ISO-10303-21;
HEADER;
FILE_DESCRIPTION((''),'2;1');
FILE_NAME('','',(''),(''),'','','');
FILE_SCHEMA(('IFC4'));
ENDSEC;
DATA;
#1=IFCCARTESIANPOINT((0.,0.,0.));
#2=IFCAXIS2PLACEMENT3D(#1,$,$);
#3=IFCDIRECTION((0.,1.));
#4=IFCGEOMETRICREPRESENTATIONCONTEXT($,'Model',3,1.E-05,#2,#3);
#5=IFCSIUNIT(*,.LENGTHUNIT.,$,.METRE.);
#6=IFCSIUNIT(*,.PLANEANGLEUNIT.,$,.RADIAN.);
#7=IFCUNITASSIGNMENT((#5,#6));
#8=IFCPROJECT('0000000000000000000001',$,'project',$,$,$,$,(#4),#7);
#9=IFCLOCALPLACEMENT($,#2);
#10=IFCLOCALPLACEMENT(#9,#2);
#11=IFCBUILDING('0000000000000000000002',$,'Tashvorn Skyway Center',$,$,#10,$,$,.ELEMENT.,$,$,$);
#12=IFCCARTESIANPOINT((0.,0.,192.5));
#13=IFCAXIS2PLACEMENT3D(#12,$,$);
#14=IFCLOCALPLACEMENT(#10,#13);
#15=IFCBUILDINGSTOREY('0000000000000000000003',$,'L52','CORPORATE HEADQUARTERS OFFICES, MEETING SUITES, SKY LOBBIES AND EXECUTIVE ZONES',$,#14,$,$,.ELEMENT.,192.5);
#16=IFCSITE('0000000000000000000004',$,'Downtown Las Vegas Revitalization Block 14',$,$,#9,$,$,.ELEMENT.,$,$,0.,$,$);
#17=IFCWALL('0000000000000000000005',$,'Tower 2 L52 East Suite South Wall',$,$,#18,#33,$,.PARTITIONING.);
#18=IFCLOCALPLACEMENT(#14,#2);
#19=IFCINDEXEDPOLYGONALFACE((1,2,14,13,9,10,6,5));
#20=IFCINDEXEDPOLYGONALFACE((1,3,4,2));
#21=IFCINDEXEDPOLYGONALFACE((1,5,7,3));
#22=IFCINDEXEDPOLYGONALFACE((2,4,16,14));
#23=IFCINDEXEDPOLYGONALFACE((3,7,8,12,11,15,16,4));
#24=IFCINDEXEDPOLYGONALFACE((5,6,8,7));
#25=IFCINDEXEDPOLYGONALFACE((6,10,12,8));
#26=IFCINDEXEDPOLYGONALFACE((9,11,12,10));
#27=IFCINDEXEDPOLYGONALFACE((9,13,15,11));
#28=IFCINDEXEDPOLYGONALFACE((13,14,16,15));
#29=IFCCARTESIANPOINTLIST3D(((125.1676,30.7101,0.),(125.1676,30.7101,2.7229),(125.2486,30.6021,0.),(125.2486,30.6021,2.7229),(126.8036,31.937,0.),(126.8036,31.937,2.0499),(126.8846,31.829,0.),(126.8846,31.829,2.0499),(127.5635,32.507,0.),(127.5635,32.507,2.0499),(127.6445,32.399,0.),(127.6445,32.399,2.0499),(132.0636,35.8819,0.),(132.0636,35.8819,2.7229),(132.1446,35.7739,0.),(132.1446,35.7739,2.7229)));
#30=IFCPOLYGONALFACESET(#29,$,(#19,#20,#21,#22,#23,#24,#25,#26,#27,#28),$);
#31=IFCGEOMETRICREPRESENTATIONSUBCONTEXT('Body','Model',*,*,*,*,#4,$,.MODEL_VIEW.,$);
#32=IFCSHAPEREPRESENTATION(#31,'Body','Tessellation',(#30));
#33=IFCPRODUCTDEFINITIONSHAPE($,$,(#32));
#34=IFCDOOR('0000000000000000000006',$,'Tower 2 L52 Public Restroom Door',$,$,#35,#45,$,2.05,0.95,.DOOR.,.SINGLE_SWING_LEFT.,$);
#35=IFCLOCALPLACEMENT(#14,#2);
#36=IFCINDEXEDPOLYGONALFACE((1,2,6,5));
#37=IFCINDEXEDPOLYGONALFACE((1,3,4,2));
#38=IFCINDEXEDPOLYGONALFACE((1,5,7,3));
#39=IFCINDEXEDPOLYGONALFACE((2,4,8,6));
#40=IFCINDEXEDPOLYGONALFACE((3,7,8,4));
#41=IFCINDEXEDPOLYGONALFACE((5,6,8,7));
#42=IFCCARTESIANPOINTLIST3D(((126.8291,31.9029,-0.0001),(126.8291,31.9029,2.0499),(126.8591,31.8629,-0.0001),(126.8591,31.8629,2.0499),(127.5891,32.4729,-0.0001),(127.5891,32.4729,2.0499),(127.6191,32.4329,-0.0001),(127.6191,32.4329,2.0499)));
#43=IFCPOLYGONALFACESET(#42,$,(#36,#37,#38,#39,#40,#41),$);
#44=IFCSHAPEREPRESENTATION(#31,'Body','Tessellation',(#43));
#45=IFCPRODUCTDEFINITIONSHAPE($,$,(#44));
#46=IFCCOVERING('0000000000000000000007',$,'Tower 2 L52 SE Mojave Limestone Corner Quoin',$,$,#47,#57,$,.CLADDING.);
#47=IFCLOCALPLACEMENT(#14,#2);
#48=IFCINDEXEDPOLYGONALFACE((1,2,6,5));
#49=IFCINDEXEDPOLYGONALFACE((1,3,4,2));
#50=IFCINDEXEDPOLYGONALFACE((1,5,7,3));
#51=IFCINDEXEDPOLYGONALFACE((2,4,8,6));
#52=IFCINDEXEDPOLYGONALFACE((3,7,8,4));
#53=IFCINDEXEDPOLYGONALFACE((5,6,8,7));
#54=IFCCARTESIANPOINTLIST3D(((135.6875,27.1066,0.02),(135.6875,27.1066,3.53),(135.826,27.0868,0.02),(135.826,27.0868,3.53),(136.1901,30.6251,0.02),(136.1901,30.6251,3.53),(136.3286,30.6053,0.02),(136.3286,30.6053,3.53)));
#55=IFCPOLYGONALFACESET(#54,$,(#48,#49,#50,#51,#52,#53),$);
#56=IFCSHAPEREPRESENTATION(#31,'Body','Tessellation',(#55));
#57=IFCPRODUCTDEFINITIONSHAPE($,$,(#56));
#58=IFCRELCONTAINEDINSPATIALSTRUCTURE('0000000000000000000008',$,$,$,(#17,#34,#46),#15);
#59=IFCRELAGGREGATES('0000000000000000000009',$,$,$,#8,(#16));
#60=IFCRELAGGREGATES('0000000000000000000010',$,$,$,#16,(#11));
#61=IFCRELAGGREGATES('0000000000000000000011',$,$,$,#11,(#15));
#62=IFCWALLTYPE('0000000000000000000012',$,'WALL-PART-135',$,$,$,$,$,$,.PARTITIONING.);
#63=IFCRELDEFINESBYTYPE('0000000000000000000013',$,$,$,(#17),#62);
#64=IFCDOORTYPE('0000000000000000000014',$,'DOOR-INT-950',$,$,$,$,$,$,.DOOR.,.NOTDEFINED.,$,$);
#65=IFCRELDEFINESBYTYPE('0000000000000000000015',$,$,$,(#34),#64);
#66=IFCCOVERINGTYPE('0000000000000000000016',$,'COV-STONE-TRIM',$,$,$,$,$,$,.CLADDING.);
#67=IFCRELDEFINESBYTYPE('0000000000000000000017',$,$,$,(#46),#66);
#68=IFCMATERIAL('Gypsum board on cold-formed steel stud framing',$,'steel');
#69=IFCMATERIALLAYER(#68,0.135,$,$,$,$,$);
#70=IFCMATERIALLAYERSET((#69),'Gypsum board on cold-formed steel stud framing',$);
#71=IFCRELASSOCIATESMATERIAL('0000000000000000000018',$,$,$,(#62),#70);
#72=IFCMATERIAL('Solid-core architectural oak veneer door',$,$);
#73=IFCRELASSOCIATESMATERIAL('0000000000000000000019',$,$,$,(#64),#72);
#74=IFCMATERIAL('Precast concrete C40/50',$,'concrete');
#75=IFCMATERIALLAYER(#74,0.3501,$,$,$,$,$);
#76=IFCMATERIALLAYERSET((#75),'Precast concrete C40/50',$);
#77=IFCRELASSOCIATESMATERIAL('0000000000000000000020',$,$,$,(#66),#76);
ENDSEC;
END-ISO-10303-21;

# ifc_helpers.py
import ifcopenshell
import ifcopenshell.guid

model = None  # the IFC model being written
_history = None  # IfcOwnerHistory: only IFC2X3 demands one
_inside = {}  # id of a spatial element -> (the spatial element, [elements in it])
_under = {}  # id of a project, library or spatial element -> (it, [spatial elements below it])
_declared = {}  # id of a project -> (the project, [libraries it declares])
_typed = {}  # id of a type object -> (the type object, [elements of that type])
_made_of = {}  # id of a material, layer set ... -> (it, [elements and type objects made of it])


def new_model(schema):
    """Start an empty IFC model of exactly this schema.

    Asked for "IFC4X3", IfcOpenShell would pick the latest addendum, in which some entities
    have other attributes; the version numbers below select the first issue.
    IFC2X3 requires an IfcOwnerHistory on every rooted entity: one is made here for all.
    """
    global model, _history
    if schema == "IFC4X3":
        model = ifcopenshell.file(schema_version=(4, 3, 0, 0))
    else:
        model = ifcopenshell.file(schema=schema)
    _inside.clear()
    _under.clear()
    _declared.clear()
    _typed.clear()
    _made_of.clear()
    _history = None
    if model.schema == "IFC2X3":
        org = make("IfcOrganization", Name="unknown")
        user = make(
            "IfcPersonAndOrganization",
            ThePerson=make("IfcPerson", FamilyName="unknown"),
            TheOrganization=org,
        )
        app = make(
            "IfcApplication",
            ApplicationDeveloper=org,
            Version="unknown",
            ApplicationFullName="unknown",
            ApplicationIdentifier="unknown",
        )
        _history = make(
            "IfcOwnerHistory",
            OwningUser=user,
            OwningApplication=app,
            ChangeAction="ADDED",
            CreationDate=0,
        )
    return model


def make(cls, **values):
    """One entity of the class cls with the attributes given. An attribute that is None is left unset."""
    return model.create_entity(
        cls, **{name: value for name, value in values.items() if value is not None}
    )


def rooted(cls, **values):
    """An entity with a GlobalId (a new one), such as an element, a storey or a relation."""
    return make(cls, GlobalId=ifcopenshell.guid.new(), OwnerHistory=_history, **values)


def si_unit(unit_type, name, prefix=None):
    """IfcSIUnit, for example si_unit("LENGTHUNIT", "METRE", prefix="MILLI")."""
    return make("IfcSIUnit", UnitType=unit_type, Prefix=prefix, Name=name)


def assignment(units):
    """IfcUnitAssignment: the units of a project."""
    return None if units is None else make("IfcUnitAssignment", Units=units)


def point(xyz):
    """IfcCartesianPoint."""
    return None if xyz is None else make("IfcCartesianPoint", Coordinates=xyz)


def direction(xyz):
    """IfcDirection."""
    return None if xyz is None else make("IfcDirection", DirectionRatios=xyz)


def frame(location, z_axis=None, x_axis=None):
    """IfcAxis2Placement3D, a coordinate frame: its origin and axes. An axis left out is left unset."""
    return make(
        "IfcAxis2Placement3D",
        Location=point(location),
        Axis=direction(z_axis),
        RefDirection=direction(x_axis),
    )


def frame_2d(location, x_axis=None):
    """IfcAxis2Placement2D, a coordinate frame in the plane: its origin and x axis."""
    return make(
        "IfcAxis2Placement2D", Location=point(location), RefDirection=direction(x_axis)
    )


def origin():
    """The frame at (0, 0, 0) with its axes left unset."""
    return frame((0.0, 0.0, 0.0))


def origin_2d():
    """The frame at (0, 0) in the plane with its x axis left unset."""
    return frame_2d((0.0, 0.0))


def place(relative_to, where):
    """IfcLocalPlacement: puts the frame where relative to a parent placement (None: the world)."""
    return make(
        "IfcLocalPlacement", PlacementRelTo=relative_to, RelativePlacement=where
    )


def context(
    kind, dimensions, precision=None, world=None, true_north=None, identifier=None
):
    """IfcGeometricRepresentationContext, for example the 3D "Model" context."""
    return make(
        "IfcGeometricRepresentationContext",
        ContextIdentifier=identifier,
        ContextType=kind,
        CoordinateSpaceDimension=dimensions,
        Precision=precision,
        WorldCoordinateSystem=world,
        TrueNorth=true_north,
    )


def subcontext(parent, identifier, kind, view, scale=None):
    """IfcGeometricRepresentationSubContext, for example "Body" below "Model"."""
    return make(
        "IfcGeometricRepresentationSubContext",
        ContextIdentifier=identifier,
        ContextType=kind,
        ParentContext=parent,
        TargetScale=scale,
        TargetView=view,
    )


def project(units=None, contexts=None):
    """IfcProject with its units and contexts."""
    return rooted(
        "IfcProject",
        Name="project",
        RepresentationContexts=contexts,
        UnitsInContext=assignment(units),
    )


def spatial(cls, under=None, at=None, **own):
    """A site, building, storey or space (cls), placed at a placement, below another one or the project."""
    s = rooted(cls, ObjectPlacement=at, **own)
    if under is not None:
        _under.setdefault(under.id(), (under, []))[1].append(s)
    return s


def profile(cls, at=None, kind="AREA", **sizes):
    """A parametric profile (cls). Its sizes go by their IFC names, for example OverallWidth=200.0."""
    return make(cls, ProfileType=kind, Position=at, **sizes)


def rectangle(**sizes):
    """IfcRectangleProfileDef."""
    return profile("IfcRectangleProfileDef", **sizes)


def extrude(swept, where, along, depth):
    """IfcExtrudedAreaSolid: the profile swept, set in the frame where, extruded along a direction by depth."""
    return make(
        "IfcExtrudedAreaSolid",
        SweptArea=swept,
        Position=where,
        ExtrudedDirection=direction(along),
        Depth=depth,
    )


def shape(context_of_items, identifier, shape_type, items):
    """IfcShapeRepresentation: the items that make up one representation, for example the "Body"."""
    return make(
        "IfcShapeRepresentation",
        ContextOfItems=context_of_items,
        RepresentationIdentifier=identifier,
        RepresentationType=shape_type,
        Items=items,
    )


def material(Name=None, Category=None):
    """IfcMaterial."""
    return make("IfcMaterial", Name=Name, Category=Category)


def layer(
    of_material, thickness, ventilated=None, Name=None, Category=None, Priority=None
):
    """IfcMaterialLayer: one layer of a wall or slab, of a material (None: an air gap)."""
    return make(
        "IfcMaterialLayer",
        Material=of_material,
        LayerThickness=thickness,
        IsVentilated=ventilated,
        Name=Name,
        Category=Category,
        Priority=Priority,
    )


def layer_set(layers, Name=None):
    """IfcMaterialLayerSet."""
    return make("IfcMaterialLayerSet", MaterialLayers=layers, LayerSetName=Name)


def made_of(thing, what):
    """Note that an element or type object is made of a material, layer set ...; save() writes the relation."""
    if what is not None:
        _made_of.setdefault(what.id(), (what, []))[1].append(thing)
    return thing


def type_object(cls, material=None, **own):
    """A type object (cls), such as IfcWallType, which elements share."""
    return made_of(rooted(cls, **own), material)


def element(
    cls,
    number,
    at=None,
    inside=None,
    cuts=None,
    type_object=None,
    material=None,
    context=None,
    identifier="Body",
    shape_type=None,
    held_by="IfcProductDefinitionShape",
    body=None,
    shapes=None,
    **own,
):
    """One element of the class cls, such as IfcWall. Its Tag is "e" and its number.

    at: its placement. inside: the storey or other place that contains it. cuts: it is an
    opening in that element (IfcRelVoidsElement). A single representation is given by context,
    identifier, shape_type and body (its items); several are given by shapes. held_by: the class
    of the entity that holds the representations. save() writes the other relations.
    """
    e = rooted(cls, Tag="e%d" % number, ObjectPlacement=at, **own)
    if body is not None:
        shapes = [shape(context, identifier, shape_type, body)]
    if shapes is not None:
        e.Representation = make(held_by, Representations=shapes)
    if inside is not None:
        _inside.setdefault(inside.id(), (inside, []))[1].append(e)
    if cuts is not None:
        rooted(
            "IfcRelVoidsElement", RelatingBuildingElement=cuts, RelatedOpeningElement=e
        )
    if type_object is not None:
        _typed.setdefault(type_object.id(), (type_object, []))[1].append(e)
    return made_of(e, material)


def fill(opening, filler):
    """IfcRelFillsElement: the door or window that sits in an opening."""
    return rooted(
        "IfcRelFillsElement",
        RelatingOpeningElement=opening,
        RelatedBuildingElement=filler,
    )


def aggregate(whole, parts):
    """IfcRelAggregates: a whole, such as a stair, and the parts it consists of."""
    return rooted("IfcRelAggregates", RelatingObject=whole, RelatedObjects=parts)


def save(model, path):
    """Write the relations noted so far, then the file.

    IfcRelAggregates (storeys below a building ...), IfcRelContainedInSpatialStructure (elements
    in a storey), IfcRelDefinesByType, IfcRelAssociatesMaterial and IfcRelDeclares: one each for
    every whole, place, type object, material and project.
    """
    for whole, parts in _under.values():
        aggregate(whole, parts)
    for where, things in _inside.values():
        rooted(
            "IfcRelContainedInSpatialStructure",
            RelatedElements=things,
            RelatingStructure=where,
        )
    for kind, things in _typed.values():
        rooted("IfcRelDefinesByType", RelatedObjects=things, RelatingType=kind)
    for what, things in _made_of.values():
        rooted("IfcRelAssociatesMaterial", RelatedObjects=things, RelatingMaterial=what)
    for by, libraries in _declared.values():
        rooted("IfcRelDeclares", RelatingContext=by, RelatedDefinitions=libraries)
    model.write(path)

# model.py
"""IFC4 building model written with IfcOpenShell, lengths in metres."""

from ifc_helpers import new_model, si_unit, direction, frame, frame_2d, origin, origin_2d, place, context, subcontext, project, spatial, rectangle, extrude, material, layer, layer_set, type_object, element, fill, save


model = new_model("IFC4")

# Units and contexts
model_context = context("Model", 3, precision=1e-05, world=origin(), true_north=direction((0.0, 1.0)))
body_context = subcontext(model_context, "Body", "Model", "MODEL_VIEW")
ifc_project = project(units=[si_unit("LENGTHUNIT", "METRE"), si_unit("PLANEANGLEUNIT", "RADIAN")], contexts=[model_context])

# Site, building, storey
site_placement = place(None, origin())
site = spatial("IfcSite", under=ifc_project, at=site_placement, Name="Downtown Las Vegas Revitalization Block 14", CompositionType="ELEMENT", RefElevation=0.0)
building_placement = place(site_placement, origin())
building = spatial("IfcBuilding", under=site, at=building_placement, Name="Tashvorn Skyway Center", CompositionType="ELEMENT")
storey_placement = place(building_placement, frame((0.0, 0.0, 192.5)))
storey = spatial("IfcBuildingStorey", under=building, at=storey_placement, Name="L52", Description="CORPORATE HEADQUARTERS OFFICES, MEETING SUITES, SKY LOBBIES AND EXECUTIVE ZONES", CompositionType="ELEMENT", Elevation=192.5)

# Shared definitions
ifc_material_1 = material(Name="Precast concrete C40/50", Category="concrete")

# Shared definitions
ifc_material_2 = material(Name="Gypsum board on cold-formed steel stud framing", Category="steel")
ifc_layer_1 = layer(ifc_material_2, 0.135)
ifc_layer_set_1 = layer_set([ifc_layer_1], Name="Gypsum board on cold-formed steel stud framing")
wall_type_1 = type_object("IfcWallType", Name="WALL-PART-135", PredefinedType="PARTITIONING", material=ifc_layer_set_1)
ifc_material_3 = material(Name="Solid-core architectural oak veneer door")
door_type_1 = type_object("IfcDoorType", Name="DOOR-INT-950", OperationType="NOTDEFINED", PredefinedType="DOOR", material=ifc_material_3)

# Wall, opening, door
wall_1_placement = place(storey_placement, frame((125.208, 30.656, 0.0), z_axis=(0.0, 0.0, 1.0), x_axis=(0.800007, 0.599991, 0.0)))
wall_1 = element("IfcWall", 1, at=wall_1_placement, inside=storey, type_object=wall_type_1, Name="Tower 2 L52 East Suite South Wall", PredefinedType="PARTITIONING", context=body_context, shape_type="SweptSolid", body=[
    extrude(rectangle(XDim=8.6199, YDim=0.135, at=frame_2d((4.3101, 0.0))), origin(), (0.0, 0.0, 1.0), 2.7229),
])
opening_1_placement = place(wall_1_placement, frame((2.0449, 0.0, 0.0)))
opening_1 = element("IfcOpeningElement", 2, at=opening_1_placement, cuts=wall_1, PredefinedType="OPENING", context=body_context, shape_type="SweptSolid", body=[
    extrude(rectangle(XDim=0.95, YDim=2.05, at=frame_2d((0.4751, 1.0249))), frame((0.0, 0.0774, 0.0), z_axis=(0.0, -1.0, 0.0), x_axis=(1.0, 0.0, 0.0)), (0.0, 0.0, 1.0), 0.155),
])
door_1_placement = place(opening_1_placement, origin())
door_1 = element("IfcDoor", 3, at=door_1_placement, inside=storey, type_object=door_type_1, Name="Tower 2 L52 Public Restroom Door", OperationType="SINGLE_SWING_LEFT", OverallHeight=2.05, OverallWidth=0.95, PredefinedType="DOOR", context=body_context, shape_type="SweptSolid", body=[
    extrude(rectangle(XDim=0.95, YDim=2.05, at=frame_2d((0.4751, 1.0249))), frame((0.0, 0.0249, 0.0), z_axis=(0.0, -1.0, 0.0), x_axis=(1.0, 0.0, 0.0)), (0.0, 0.0, 1.0), 0.05),
])
fill(opening_1, door_1)

# Covering
ifc_layer_2 = layer(ifc_material_1, 0.3501)
ifc_layer_set_2 = layer_set([ifc_layer_2], Name="Precast concrete C40/50")
covering_type = type_object("IfcCoveringType", Name="COV-STONE-TRIM", PredefinedType="CLADDING", material=ifc_layer_set_2)
covering_placement = place(storey_placement, frame((136.0081, 28.856, 0.02), z_axis=(0.0, 0.0, 1.0), x_axis=(0.141421, 0.989949, 0.0)))
element("IfcCovering", 4, at=covering_placement, inside=storey, type_object=covering_type, Name="Tower 2 L52 SE Mojave Limestone Corner Quoin", PredefinedType="CLADDING", context=body_context, shape_type="SweptSolid", body=[
    extrude(rectangle(XDim=3.5542, YDim=0.1399, at=origin_2d()), origin(), (0.0, 0.0, 1.0), 3.51),
])

save(model, "model.ifc")
